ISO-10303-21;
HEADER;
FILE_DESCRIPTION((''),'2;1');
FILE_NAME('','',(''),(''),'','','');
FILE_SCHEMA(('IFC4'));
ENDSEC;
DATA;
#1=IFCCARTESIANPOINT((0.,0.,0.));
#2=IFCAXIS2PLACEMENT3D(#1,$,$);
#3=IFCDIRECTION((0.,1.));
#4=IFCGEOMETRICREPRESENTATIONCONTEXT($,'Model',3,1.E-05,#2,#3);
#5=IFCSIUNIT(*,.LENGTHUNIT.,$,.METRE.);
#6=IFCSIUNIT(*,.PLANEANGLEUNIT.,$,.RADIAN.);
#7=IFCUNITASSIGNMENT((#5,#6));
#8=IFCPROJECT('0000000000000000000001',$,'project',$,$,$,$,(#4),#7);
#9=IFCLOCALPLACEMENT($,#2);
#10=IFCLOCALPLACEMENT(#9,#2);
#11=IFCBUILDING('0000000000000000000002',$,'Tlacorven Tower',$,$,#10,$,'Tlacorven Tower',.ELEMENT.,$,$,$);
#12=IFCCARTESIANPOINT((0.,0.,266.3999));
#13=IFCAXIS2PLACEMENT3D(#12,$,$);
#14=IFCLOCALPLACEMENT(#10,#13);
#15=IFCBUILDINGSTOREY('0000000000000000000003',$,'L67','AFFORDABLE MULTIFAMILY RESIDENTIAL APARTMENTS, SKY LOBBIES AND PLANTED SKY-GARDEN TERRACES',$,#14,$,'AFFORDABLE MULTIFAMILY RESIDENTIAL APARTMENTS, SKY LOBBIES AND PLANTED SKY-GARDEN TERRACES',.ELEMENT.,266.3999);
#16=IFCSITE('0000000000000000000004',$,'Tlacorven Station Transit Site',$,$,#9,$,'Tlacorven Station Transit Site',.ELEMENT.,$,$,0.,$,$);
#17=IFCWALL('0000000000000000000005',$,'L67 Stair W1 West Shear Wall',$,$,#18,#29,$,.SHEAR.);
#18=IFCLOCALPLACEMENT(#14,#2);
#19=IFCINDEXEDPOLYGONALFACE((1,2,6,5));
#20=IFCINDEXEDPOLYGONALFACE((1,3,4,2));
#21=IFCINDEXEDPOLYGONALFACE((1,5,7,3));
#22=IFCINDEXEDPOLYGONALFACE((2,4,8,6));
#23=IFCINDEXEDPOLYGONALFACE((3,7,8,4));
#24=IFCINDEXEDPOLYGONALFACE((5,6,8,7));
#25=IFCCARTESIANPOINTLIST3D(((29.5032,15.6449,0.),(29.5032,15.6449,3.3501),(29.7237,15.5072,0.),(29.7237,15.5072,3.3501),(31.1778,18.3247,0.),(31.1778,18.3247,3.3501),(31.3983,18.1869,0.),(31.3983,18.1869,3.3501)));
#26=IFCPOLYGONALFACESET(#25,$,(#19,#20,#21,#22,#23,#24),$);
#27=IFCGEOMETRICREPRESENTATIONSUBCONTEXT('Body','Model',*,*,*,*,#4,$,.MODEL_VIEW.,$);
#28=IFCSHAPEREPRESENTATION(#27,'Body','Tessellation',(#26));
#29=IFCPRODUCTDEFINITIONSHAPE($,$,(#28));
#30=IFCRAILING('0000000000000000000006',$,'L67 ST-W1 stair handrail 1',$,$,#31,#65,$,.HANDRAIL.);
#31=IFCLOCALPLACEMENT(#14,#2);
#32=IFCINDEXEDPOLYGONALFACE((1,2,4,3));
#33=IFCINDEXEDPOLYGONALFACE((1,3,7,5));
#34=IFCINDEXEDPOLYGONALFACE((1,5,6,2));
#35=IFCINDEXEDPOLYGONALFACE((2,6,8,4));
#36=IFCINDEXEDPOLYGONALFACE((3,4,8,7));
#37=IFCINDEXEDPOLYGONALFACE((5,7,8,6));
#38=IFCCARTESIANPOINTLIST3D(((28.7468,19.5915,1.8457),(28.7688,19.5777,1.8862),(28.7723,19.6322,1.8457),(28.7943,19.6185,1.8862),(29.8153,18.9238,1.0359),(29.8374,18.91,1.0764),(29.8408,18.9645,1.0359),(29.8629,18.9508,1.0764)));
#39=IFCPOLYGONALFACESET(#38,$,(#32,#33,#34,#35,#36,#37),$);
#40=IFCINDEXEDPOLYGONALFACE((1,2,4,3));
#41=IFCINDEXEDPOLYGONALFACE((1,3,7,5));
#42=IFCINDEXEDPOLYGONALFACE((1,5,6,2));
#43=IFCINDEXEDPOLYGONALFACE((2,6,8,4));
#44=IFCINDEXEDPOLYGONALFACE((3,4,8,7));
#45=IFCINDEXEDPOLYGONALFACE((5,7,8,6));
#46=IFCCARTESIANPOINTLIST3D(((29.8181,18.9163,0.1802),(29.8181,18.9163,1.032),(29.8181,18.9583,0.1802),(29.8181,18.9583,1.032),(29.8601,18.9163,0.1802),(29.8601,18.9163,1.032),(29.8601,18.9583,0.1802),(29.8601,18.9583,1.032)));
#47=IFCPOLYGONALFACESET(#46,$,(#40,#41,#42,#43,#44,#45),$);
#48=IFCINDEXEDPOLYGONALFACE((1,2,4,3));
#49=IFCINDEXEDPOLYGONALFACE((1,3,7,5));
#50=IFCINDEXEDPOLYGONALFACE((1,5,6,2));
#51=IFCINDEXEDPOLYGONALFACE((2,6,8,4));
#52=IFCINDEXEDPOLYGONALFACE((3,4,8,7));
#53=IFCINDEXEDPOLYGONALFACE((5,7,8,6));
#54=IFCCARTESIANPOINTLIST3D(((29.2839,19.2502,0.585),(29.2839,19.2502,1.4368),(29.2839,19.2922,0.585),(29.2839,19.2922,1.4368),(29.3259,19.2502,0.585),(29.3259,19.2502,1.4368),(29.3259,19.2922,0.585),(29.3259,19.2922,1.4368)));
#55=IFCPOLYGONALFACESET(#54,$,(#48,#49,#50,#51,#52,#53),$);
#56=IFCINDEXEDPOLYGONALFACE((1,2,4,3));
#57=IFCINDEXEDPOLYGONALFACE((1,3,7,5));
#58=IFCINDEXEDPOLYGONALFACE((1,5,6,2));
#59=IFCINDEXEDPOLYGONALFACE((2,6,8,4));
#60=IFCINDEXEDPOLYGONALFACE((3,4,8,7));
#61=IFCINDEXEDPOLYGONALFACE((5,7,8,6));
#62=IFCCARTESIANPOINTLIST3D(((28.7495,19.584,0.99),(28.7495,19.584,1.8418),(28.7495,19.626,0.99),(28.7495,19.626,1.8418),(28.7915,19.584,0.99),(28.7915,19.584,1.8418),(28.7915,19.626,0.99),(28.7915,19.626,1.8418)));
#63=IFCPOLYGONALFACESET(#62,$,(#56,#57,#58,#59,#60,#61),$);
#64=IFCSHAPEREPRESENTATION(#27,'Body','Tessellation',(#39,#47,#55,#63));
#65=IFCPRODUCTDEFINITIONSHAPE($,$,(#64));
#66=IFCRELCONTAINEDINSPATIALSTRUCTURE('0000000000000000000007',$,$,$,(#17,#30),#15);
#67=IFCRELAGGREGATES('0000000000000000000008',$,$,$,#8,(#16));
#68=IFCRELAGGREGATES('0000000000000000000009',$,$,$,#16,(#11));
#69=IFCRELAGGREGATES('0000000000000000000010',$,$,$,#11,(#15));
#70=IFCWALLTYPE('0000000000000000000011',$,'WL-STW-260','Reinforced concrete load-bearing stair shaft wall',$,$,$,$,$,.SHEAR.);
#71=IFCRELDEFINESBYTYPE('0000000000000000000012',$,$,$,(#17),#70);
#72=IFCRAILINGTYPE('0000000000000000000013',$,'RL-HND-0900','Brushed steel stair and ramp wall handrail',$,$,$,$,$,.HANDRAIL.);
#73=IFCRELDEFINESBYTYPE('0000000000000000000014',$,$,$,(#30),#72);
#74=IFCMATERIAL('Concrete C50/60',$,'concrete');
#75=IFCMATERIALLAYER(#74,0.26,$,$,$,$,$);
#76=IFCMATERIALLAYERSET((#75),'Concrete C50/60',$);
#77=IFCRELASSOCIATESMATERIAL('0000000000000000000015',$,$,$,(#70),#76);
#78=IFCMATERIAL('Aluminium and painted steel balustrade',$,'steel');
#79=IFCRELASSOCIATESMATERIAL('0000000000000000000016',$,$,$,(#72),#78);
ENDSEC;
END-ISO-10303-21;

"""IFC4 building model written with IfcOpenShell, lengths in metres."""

from ifc_helpers import new_model, si_unit, direction, frame, frame_2d, origin, origin_2d, place, context, subcontext, project, spatial, rectangle, extrude, source, transform, mapped, material, layer, layer_set, type_object, element, save


model = new_model("IFC4")

# Units and contexts
model_context = context("Model", 3, precision=1e-05, world=origin(), true_north=direction((0.0, 1.0)))
body_context = subcontext(model_context, "Body", "Model", "MODEL_VIEW")
ifc_project = project(units=[si_unit("LENGTHUNIT", "METRE"), si_unit("PLANEANGLEUNIT", "RADIAN")], contexts=[model_context])

# Site, building, storey
site_placement = place(None, origin())
site = spatial("IfcSite", under=ifc_project, at=site_placement, Name="Tlacorven Station Transit Site", LongName="Tlacorven Station Transit Site", CompositionType="ELEMENT", RefElevation=0.0)
building_placement = place(site_placement, origin())
building = spatial("IfcBuilding", under=site, at=building_placement, Name="Tlacorven Tower", LongName="Tlacorven Tower", CompositionType="ELEMENT")
storey_placement = place(building_placement, frame((0.0, 0.0, 266.3999)))
storey = spatial("IfcBuildingStorey", under=building, at=storey_placement, Name="L67", Description="AFFORDABLE MULTIFAMILY RESIDENTIAL APARTMENTS, SKY LOBBIES AND PLANTED SKY-GARDEN TERRACES", LongName="AFFORDABLE MULTIFAMILY RESIDENTIAL APARTMENTS, SKY LOBBIES AND PLANTED SKY-GARDEN TERRACES", CompositionType="ELEMENT", Elevation=266.3999)

# Shared definitions
ifc_material_1 = material(Name="Concrete C50/60", Category="concrete")

# Shared definitions
ifc_layer_1 = layer(ifc_material_1, 0.26)
ifc_layer_set_1 = layer_set([ifc_layer_1], Name="Concrete C50/60")
wall_type_1 = type_object("IfcWallType", Name="WL-STW-260", Description="Reinforced concrete load-bearing stair shaft wall", PredefinedType="SHEAR", material=ifc_layer_set_1)

# Wall
wall_1_placement = place(storey_placement, frame((31.2881, 18.2559, 0.0), z_axis=(0.0, 0.0, 1.0), x_axis=(-0.529943, -0.848033, 0.0)))
element("IfcWall", 1, at=wall_1_placement, inside=storey, type_object=wall_type_1, Name="L67 Stair W1 West Shear Wall", PredefinedType="SHEAR", context=body_context, shape_type="SweptSolid", body=[
    extrude(rectangle(XDim=3.1599, YDim=0.26, at=frame_2d((1.5801, 0.0))), origin(), (0.0, 0.0, 1.0), 3.3501),
])

# Railing
ifc_material_2 = material(Name="Aluminium and painted steel balustrade", Category="steel")
railing_type = type_object("IfcRailingType", Name="RL-HND-0900", Description="Brushed steel stair and ramp wall handrail", PredefinedType="HANDRAIL", material=ifc_material_2)
shared_shape_1 = source(origin(), body_context, "Body", "SweptSolid", [
    extrude(rectangle(XDim=0.0481, YDim=0.0481, at=origin_2d()), frame((0.0, 0.0, 0.876), z_axis=(-0.713423, 0.445787, 0.540649), x_axis=(-0.529912, -0.848053, 0.0)), (0.0, 0.0, 1.0), 1.4978),
    extrude(rectangle(XDim=0.042, YDim=0.042, at=origin_2d()), origin(), (0.0, 0.0, 1.0), 0.8518),
    extrude(rectangle(XDim=0.042, YDim=0.042, at=origin_2d()), frame((-0.5342, 0.334, 0.4048)), (0.0, 0.0, 1.0), 0.8518),
    extrude(rectangle(XDim=0.042, YDim=0.042, at=origin_2d()), frame((-1.0686, 0.6677, 0.8098)), (0.0, 0.0, 1.0), 0.8518),
])
railing_placement = place(storey_placement, frame((29.8391, 18.9373, 0.1802)))
element("IfcRailing", 2, at=railing_placement, inside=storey, type_object=railing_type, Name="L67 ST-W1 stair handrail 1", PredefinedType="HANDRAIL", context=body_context, shape_type="MappedRepresentation", body=[
    mapped(shared_shape_1, transform((0.0, 0.0, 0.0), scale=1.0)),
])

save(model, "model.ifc")
